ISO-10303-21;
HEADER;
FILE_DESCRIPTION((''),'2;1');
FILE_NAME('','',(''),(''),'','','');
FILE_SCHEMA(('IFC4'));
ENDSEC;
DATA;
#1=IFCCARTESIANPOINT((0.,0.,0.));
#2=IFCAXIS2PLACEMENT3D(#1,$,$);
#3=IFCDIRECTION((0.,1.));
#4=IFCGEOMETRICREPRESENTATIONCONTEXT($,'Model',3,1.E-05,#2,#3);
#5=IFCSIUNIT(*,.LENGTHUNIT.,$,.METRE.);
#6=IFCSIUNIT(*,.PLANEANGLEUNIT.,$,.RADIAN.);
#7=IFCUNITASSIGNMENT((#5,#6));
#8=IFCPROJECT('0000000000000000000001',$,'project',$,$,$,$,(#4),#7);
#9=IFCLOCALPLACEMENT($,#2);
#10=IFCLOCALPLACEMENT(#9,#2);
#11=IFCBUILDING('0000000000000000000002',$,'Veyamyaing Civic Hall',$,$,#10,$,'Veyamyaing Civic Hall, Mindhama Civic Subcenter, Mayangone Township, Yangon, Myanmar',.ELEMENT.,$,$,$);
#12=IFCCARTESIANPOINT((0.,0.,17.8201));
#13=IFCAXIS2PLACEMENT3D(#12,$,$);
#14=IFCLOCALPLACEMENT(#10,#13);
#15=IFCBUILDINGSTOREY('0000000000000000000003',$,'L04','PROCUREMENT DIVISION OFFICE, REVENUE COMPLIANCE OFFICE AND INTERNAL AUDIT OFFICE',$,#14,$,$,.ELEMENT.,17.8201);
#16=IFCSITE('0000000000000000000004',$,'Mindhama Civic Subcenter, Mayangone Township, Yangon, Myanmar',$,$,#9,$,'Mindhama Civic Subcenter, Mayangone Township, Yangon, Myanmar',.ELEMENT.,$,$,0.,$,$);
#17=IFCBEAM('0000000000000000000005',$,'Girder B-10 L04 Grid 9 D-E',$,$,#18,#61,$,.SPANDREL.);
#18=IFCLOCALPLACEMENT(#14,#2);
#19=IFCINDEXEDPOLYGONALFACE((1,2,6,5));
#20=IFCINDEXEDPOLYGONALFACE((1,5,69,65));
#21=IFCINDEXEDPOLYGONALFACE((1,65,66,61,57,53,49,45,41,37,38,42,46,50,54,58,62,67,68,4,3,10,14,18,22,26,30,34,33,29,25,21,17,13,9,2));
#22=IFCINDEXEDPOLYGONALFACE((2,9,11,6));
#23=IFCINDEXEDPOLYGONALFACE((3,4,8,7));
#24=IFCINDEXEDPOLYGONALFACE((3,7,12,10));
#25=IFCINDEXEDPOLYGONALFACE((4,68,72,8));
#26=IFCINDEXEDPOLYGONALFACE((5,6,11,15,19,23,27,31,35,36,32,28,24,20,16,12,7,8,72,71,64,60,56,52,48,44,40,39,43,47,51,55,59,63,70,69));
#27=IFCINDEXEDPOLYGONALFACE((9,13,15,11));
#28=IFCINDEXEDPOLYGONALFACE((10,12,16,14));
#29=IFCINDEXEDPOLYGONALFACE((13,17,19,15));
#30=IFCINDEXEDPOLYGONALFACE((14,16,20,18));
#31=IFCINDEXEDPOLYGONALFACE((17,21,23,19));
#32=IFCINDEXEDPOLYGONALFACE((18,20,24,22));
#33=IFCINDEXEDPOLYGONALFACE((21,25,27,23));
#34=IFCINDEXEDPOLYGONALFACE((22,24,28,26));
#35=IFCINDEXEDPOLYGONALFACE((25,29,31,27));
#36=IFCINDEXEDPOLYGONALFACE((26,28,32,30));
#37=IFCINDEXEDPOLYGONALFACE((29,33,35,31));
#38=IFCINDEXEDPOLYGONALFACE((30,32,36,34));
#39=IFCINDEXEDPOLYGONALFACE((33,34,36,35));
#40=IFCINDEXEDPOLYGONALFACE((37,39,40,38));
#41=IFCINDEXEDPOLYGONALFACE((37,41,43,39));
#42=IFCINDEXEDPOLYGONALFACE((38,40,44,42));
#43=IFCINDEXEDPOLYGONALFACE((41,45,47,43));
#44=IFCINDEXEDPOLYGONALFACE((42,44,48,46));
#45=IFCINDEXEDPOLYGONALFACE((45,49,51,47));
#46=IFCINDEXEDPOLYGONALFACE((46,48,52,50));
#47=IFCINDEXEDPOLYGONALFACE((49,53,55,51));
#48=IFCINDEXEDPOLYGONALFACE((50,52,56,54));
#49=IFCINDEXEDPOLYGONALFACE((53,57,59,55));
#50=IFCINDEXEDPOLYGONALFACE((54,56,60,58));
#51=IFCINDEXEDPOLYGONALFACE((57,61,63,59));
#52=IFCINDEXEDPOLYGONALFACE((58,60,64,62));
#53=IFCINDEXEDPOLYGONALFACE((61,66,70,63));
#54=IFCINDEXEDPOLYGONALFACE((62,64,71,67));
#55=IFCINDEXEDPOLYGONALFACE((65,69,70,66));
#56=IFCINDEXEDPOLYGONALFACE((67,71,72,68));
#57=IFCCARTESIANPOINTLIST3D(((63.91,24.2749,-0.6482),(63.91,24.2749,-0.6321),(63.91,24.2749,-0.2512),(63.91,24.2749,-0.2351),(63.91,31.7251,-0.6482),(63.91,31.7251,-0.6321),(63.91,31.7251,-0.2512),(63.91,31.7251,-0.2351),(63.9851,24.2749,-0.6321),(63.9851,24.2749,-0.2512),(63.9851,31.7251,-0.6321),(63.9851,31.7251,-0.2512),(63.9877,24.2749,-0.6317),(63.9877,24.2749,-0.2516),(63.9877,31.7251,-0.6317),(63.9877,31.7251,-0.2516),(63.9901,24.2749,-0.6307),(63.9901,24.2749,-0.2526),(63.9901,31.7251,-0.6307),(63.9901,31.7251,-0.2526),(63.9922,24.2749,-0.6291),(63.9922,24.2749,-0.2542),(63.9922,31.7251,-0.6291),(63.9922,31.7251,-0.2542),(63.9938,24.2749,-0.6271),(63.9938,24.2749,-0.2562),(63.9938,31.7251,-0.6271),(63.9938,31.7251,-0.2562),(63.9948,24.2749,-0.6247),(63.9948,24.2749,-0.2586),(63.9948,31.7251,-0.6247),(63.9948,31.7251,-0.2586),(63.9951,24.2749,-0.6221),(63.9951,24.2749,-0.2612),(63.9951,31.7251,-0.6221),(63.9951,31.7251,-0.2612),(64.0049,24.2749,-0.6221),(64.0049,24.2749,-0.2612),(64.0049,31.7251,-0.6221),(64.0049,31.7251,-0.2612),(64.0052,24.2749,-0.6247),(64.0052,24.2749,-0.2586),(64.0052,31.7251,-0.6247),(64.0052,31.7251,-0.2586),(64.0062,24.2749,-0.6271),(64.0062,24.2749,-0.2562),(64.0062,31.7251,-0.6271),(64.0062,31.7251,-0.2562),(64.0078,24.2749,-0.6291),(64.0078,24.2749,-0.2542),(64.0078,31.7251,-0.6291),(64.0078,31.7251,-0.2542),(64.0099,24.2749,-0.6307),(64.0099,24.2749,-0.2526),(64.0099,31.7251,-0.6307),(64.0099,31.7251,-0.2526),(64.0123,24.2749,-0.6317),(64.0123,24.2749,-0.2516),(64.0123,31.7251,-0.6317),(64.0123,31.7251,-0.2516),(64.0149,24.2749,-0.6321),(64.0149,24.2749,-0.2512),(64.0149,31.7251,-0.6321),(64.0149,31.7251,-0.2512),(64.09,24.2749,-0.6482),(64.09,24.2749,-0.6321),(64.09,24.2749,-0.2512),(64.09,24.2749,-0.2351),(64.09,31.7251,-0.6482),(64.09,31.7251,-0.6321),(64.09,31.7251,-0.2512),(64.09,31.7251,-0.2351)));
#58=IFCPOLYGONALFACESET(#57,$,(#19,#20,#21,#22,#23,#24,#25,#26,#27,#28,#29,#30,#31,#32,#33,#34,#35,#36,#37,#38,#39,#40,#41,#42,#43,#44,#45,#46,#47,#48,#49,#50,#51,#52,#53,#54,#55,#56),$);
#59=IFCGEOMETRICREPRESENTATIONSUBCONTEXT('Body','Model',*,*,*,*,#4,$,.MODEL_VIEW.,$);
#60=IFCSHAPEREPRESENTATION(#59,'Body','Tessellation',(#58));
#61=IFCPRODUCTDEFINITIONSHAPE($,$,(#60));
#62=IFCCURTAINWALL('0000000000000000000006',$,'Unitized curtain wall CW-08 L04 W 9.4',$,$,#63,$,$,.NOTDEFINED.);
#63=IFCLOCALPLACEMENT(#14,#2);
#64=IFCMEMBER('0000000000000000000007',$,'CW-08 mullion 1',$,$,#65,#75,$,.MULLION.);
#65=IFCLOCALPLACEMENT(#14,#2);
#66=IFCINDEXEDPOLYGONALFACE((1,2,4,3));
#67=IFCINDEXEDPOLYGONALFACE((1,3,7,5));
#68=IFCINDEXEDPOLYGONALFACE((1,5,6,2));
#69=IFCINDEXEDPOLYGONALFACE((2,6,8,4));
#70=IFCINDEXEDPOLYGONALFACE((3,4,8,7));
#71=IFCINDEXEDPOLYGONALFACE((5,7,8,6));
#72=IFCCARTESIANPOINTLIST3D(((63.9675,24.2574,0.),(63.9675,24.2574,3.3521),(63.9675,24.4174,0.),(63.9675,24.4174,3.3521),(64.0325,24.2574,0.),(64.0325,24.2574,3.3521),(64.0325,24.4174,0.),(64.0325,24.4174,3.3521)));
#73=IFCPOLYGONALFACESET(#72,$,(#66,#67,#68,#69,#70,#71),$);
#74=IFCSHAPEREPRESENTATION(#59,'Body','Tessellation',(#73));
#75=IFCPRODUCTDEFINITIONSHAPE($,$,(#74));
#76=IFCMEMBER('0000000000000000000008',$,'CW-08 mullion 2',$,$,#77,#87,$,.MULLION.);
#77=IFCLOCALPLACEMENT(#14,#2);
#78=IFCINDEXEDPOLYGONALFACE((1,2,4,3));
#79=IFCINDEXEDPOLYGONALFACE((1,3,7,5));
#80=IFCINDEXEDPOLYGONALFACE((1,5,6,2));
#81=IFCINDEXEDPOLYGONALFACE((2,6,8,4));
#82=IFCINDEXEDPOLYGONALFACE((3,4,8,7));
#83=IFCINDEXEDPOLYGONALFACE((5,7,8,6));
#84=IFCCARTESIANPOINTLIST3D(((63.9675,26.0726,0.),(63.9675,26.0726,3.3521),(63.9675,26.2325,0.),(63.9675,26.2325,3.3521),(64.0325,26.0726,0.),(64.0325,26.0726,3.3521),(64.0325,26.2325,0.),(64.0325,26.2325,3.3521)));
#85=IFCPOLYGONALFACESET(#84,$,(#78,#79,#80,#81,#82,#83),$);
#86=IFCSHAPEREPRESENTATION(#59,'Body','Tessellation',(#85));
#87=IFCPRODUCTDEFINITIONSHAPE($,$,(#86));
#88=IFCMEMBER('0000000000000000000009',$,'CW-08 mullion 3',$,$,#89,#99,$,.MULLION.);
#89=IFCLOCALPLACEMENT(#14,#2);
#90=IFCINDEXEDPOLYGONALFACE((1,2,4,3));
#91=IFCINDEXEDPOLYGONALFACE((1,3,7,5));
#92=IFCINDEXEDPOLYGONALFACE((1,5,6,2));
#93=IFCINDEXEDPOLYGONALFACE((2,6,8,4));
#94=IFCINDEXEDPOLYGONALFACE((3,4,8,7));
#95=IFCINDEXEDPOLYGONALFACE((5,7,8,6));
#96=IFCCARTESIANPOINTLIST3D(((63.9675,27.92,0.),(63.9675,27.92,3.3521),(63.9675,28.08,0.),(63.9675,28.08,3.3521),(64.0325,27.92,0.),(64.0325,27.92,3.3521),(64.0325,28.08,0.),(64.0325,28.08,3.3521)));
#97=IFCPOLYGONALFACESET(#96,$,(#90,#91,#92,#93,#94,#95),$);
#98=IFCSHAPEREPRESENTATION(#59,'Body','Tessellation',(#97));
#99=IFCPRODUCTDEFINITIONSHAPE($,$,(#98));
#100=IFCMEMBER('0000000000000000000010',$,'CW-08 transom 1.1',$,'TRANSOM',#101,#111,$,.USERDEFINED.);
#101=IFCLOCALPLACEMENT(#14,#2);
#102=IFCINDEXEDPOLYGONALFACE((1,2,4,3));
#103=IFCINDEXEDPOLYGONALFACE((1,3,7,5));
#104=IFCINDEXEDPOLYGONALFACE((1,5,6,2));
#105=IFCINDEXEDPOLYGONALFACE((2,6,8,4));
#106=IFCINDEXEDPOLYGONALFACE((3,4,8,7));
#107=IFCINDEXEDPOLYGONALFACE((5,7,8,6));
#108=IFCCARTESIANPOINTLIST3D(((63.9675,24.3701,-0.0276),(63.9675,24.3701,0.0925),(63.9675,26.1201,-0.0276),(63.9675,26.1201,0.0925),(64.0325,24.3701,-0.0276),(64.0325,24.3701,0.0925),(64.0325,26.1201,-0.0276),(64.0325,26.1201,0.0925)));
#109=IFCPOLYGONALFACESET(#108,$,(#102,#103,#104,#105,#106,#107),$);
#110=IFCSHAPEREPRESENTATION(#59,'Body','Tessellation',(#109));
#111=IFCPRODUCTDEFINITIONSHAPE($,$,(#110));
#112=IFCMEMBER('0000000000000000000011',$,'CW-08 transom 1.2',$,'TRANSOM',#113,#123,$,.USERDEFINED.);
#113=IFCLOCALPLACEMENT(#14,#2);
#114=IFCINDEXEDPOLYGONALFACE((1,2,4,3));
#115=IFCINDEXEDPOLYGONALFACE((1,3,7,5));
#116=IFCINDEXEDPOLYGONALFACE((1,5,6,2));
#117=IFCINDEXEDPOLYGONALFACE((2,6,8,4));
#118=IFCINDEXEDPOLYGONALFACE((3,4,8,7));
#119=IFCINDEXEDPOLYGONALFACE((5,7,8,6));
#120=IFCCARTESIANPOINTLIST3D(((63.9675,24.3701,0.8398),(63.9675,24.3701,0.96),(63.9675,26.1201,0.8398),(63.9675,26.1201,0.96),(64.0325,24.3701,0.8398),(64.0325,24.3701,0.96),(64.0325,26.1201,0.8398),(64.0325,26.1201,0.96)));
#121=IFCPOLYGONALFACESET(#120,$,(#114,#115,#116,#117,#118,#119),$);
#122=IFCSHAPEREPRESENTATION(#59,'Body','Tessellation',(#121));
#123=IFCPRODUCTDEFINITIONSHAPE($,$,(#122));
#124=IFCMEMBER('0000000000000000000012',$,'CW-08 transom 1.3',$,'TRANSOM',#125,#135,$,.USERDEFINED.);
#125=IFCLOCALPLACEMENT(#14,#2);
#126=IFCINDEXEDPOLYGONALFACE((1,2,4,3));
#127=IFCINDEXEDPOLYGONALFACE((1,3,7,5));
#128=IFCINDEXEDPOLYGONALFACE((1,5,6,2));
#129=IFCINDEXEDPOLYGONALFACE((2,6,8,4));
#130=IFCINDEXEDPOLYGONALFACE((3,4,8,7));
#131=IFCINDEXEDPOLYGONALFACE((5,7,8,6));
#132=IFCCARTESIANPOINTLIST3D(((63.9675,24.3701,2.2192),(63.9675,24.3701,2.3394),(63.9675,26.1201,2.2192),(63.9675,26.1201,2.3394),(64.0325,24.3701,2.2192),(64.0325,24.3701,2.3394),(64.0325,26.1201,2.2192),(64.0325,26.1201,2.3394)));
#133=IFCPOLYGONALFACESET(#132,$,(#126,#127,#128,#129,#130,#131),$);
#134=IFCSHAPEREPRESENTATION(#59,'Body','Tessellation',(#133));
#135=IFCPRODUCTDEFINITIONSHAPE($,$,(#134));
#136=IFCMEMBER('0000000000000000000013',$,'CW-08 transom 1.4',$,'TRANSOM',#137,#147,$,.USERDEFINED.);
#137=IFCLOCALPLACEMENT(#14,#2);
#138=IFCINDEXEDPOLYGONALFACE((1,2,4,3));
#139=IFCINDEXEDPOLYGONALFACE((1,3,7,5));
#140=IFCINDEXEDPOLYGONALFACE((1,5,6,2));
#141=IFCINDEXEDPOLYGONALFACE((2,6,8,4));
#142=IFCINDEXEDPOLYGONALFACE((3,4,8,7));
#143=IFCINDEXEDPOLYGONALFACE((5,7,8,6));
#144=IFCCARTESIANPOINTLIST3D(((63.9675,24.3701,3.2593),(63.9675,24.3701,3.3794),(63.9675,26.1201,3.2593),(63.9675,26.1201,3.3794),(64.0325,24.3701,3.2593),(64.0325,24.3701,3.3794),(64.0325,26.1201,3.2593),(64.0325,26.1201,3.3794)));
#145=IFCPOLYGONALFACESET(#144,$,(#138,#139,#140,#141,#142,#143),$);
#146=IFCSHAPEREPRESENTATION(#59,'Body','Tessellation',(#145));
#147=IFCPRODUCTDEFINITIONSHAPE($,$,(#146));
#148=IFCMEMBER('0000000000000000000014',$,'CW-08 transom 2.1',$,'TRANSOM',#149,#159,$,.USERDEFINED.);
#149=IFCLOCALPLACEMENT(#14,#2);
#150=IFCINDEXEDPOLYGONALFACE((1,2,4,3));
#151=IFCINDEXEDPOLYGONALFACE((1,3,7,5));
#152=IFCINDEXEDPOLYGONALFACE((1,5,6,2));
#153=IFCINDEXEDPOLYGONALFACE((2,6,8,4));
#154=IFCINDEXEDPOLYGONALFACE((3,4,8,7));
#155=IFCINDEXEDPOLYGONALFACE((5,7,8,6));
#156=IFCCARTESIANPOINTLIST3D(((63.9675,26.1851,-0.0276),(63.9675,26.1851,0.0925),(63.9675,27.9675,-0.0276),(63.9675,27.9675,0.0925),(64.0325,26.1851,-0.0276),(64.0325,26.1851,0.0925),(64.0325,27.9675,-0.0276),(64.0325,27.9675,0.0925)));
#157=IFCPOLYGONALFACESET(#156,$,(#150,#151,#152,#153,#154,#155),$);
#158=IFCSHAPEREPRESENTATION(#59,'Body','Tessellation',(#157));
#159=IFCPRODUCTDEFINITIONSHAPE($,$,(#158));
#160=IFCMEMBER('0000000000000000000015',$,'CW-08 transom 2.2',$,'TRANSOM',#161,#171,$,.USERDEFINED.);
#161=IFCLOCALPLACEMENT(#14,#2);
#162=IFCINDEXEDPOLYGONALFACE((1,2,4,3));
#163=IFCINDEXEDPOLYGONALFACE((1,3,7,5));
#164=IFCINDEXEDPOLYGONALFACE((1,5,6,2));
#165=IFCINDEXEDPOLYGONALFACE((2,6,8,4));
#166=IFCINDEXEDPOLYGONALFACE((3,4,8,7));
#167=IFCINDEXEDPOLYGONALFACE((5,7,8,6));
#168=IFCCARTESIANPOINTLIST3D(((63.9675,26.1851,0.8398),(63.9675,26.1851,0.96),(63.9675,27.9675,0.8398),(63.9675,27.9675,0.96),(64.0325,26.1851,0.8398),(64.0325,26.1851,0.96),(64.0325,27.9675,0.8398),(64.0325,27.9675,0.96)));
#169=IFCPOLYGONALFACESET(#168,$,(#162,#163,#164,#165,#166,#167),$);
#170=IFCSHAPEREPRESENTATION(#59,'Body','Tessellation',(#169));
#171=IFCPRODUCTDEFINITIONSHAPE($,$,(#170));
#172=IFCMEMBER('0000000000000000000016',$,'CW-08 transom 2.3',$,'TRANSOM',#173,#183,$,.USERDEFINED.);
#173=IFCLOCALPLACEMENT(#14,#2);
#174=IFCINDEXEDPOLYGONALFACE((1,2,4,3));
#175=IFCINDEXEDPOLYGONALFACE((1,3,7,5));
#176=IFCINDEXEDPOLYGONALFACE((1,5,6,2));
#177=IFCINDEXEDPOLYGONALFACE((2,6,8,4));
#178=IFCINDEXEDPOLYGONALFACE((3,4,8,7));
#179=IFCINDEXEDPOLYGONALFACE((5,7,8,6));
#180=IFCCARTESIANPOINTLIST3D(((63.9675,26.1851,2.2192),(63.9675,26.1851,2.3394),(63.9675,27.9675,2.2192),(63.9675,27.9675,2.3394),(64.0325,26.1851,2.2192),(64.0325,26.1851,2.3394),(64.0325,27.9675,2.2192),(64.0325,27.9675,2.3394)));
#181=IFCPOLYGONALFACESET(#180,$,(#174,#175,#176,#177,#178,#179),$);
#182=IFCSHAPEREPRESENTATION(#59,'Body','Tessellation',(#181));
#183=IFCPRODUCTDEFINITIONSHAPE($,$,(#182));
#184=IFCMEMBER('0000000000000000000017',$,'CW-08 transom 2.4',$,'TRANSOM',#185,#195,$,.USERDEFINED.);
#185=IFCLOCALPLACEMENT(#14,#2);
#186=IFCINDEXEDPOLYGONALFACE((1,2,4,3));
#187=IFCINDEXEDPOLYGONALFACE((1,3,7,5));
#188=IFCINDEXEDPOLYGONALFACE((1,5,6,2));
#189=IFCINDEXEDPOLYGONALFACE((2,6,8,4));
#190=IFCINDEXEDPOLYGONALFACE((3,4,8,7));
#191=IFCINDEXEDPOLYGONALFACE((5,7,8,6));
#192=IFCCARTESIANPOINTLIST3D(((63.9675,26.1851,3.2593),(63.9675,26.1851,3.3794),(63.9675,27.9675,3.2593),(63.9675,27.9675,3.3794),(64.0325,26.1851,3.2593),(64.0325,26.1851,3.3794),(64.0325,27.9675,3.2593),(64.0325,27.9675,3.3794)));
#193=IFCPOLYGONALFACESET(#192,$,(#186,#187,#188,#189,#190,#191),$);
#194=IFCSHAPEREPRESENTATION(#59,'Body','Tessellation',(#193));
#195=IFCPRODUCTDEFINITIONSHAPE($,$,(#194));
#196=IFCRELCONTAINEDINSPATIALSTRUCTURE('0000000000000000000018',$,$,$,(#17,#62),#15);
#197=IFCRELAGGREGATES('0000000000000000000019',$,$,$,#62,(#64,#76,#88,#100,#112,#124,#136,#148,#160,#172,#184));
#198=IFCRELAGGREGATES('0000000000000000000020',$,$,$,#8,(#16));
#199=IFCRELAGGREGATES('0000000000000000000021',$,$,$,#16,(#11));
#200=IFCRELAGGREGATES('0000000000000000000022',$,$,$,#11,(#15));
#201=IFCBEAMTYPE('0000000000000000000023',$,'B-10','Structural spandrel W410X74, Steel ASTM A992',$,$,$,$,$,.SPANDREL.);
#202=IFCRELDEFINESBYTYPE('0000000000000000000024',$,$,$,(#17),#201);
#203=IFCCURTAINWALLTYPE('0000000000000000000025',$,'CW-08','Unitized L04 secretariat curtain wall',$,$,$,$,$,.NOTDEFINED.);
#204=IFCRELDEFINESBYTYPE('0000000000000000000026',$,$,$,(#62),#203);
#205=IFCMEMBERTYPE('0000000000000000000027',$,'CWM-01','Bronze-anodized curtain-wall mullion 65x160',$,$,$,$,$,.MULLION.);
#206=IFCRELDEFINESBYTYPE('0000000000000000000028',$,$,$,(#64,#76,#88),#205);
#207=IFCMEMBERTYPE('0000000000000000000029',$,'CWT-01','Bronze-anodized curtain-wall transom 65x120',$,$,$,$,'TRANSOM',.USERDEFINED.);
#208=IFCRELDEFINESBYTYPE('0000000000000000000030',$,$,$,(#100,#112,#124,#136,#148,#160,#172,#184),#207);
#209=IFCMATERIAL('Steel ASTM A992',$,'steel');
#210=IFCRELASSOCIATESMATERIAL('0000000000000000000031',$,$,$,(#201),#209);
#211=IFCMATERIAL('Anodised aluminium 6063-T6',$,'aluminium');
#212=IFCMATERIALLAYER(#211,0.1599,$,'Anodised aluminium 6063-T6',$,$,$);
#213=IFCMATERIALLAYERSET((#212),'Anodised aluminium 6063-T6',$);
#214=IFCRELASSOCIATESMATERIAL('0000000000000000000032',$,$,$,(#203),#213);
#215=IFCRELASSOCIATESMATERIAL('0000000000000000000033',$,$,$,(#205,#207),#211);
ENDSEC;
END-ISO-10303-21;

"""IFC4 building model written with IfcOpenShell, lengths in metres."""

from ifc_helpers import new_model, si_unit, direction, frame, origin, origin_2d, place, context, subcontext, project, spatial, rectangle, i_section, extrude, material, layer, layer_set, material_profile, profile_set, type_object, element, aggregate, save


model = new_model("IFC4")

# Units and contexts
model_context = context("Model", 3, precision=1e-05, world=origin(), true_north=direction((0.0, 1.0)))
body_context = subcontext(model_context, "Body", "Model", "MODEL_VIEW")
ifc_project = project(units=[si_unit("LENGTHUNIT", "METRE"), si_unit("PLANEANGLEUNIT", "RADIAN")], contexts=[model_context])

# Site, building, storey
site_placement = place(None, origin())
site = spatial("IfcSite", under=ifc_project, at=site_placement, Name="Mindhama Civic Subcenter, Mayangone Township, Yangon, Myanmar", LongName="Mindhama Civic Subcenter, Mayangone Township, Yangon, Myanmar", CompositionType="ELEMENT", RefElevation=0.0)
building_placement = place(site_placement, origin())
building = spatial("IfcBuilding", under=site, at=building_placement, Name="Veyamyaing Civic Hall", LongName="Veyamyaing Civic Hall, Mindhama Civic Subcenter, Mayangone Township, Yangon, Myanmar", CompositionType="ELEMENT")
storey_placement = place(building_placement, frame((0.0, 0.0, 17.8201)))
storey = spatial("IfcBuildingStorey", under=building, at=storey_placement, Name="L04", Description="PROCUREMENT DIVISION OFFICE, REVENUE COMPLIANCE OFFICE AND INTERNAL AUDIT OFFICE", CompositionType="ELEMENT", Elevation=17.8201)

# Beam
ifc_material_1 = material(Name="Steel ASTM A992", Category="steel")
ifc_material_profile_1 = material_profile(ifc_material_1, i_section(OverallWidth=0.1799, OverallDepth=0.4131, WebThickness=0.0098, FlangeThickness=0.0161, FilletRadius=0.01, at=origin_2d()), Name="W410X74")
ifc_profile_set_1 = profile_set([ifc_material_profile_1], Name="Steel ASTM A992")
beam_type_1 = type_object("IfcBeamType", Name="B-10", Description="Structural spandrel W410X74, Steel ASTM A992", PredefinedType="SPANDREL", material=ifc_profile_set_1)
beam_1_placement = place(storey_placement, frame((64.0, 24.2749, -0.4417), z_axis=(0.0, 1.0, 0.0), x_axis=(-1.0, 0.0, 0.0)))
element("IfcBeam", 1, at=beam_1_placement, inside=storey, type_object=beam_type_1, Name="Girder B-10 L04 Grid 9 D-E", PredefinedType="SPANDREL", context=body_context, shape_type="SweptSolid", body=[
    extrude(i_section(OverallWidth=0.1799, OverallDepth=0.4131, WebThickness=0.0098, FlangeThickness=0.0161, FilletRadius=0.01, at=origin_2d()), origin(), (0.0, 0.0, 1.0), 7.4502),
])

# Curtain wall, members
ifc_material_2 = material(Name="Anodised aluminium 6063-T6", Category="aluminium")
ifc_layer_1 = layer(ifc_material_2, 0.1599, Name="Anodised aluminium 6063-T6")
ifc_layer_set_1 = layer_set([ifc_layer_1], Name="Anodised aluminium 6063-T6")
curtain_wall_type = type_object("IfcCurtainWallType", Name="CW-08", Description="Unitized L04 secretariat curtain wall", PredefinedType="NOTDEFINED", material=ifc_layer_set_1)
curtain_wall_placement = place(storey_placement, origin())
curtain_wall = element("IfcCurtainWall", 2, at=curtain_wall_placement, inside=storey, type_object=curtain_wall_type, Name="Unitized curtain wall CW-08 L04 W 9.4", PredefinedType="NOTDEFINED")
ifc_material_profile_2 = material_profile(ifc_material_2, rectangle(XDim=0.0649, YDim=0.1599, at=origin_2d()), Name="ALU-MUL-65X160")
ifc_profile_set_2 = profile_set([ifc_material_profile_2], Name="Anodised aluminium 6063-T6")
member_type_1 = type_object("IfcMemberType", Name="CWM-01", Description="Bronze-anodized curtain-wall mullion 65x160", PredefinedType="MULLION", material=ifc_profile_set_2)
member_1_placement = place(storey_placement, frame((64.0, 24.3374, 0.0), z_axis=(0.0, 0.0, 1.0), x_axis=(-1.0, 0.0, 0.0)))
member_1 = element("IfcMember", 3, at=member_1_placement, type_object=member_type_1, Name="CW-08 mullion 1", PredefinedType="MULLION", context=body_context, shape_type="SweptSolid", body=[
    extrude(rectangle(XDim=0.0649, YDim=0.1599, at=origin_2d()), origin(), (0.0, 0.0, 1.0), 3.3521),
])
member_2_placement = place(storey_placement, frame((64.0, 26.1526, 0.0), z_axis=(0.0, 0.0, 1.0), x_axis=(-1.0, 0.0, 0.0)))
member_2 = element("IfcMember", 4, at=member_2_placement, type_object=member_type_1, Name="CW-08 mullion 2", PredefinedType="MULLION", context=body_context, shape_type="SweptSolid", body=[
    extrude(rectangle(XDim=0.0649, YDim=0.1599, at=origin_2d()), origin(), (0.0, 0.0, 1.0), 3.3521),
])
member_3_placement = place(storey_placement, frame((64.0, 28.0, 0.0), z_axis=(0.0, 0.0, 1.0), x_axis=(-1.0, 0.0, 0.0)))
member_3 = element("IfcMember", 5, at=member_3_placement, type_object=member_type_1, Name="CW-08 mullion 3", PredefinedType="MULLION", context=body_context, shape_type="SweptSolid", body=[
    extrude(rectangle(XDim=0.0649, YDim=0.1599, at=origin_2d()), origin(), (0.0, 0.0, 1.0), 3.3521),
])
ifc_material_profile_3 = material_profile(ifc_material_2, rectangle(XDim=0.0649, YDim=0.1201, at=origin_2d()), Name="ALU-TRN-65X120")
ifc_profile_set_3 = profile_set([ifc_material_profile_3], Name="Anodised aluminium 6063-T6")
member_type_2 = type_object("IfcMemberType", Name="CWT-01", Description="Bronze-anodized curtain-wall transom 65x120", ElementType="TRANSOM", PredefinedType="USERDEFINED", material=ifc_profile_set_3)
member_4_placement = place(storey_placement, frame((64.0, 24.3701, 0.0325), z_axis=(0.0, 1.0, 0.0), x_axis=(-1.0, 0.0, 0.0)))
member_4 = element("IfcMember", 6, at=member_4_placement, type_object=member_type_2, Name="CW-08 transom 1.1", ObjectType="TRANSOM", PredefinedType="USERDEFINED", context=body_context, shape_type="SweptSolid", body=[
    extrude(rectangle(XDim=0.0649, YDim=0.1201, at=origin_2d()), origin(), (0.0, 0.0, 1.0), 1.75),
])
member_5_placement = place(storey_placement, frame((64.0, 24.3701, 0.8999), z_axis=(0.0, 1.0, 0.0), x_axis=(-1.0, 0.0, 0.0)))
member_5 = element("IfcMember", 7, at=member_5_placement, type_object=member_type_2, Name="CW-08 transom 1.2", ObjectType="TRANSOM", PredefinedType="USERDEFINED", context=body_context, shape_type="SweptSolid", body=[
    extrude(rectangle(XDim=0.0649, YDim=0.1201, at=origin_2d()), origin(), (0.0, 0.0, 1.0), 1.75),
])
member_6_placement = place(storey_placement, frame((64.0, 24.3701, 2.2793), z_axis=(0.0, 1.0, 0.0), x_axis=(-1.0, 0.0, 0.0)))
member_6 = element("IfcMember", 8, at=member_6_placement, type_object=member_type_2, Name="CW-08 transom 1.3", ObjectType="TRANSOM", PredefinedType="USERDEFINED", context=body_context, shape_type="SweptSolid", body=[
    extrude(rectangle(XDim=0.0649, YDim=0.1201, at=origin_2d()), origin(), (0.0, 0.0, 1.0), 1.75),
])
member_7_placement = place(storey_placement, frame((64.0, 24.3701, 3.3193), z_axis=(0.0, 1.0, 0.0), x_axis=(-1.0, 0.0, 0.0)))
member_7 = element("IfcMember", 9, at=member_7_placement, type_object=member_type_2, Name="CW-08 transom 1.4", ObjectType="TRANSOM", PredefinedType="USERDEFINED", context=body_context, shape_type="SweptSolid", body=[
    extrude(rectangle(XDim=0.0649, YDim=0.1201, at=origin_2d()), origin(), (0.0, 0.0, 1.0), 1.75),
])
member_8_placement = place(storey_placement, frame((64.0, 26.1851, 0.0325), z_axis=(0.0, 1.0, 0.0), x_axis=(-1.0, 0.0, 0.0)))
member_8 = element("IfcMember", 10, at=member_8_placement, type_object=member_type_2, Name="CW-08 transom 2.1", ObjectType="TRANSOM", PredefinedType="USERDEFINED", context=body_context, shape_type="SweptSolid", body=[
    extrude(rectangle(XDim=0.0649, YDim=0.1201, at=origin_2d()), origin(), (0.0, 0.0, 1.0), 1.7825),
])
member_9_placement = place(storey_placement, frame((64.0, 26.1851, 0.8999), z_axis=(0.0, 1.0, 0.0), x_axis=(-1.0, 0.0, 0.0)))
member_9 = element("IfcMember", 11, at=member_9_placement, type_object=member_type_2, Name="CW-08 transom 2.2", ObjectType="TRANSOM", PredefinedType="USERDEFINED", context=body_context, shape_type="SweptSolid", body=[
    extrude(rectangle(XDim=0.0649, YDim=0.1201, at=origin_2d()), origin(), (0.0, 0.0, 1.0), 1.7825),
])
member_10_placement = place(storey_placement, frame((64.0, 26.1851, 2.2793), z_axis=(0.0, 1.0, 0.0), x_axis=(-1.0, 0.0, 0.0)))
member_10 = element("IfcMember", 12, at=member_10_placement, type_object=member_type_2, Name="CW-08 transom 2.3", ObjectType="TRANSOM", PredefinedType="USERDEFINED", context=body_context, shape_type="SweptSolid", body=[
    extrude(rectangle(XDim=0.0649, YDim=0.1201, at=origin_2d()), origin(), (0.0, 0.0, 1.0), 1.7825),
])
member_11_placement = place(storey_placement, frame((64.0, 26.1851, 3.3193), z_axis=(0.0, 1.0, 0.0), x_axis=(-1.0, 0.0, 0.0)))
member_11 = element("IfcMember", 13, at=member_11_placement, type_object=member_type_2, Name="CW-08 transom 2.4", ObjectType="TRANSOM", PredefinedType="USERDEFINED", context=body_context, shape_type="SweptSolid", body=[
    extrude(rectangle(XDim=0.0649, YDim=0.1201, at=origin_2d()), origin(), (0.0, 0.0, 1.0), 1.7825),
])

aggregate(curtain_wall, [member_1, member_2, member_3, member_4, member_5, member_6, member_7, member_8, member_9, member_10, member_11])

save(model, "model.ifc")
